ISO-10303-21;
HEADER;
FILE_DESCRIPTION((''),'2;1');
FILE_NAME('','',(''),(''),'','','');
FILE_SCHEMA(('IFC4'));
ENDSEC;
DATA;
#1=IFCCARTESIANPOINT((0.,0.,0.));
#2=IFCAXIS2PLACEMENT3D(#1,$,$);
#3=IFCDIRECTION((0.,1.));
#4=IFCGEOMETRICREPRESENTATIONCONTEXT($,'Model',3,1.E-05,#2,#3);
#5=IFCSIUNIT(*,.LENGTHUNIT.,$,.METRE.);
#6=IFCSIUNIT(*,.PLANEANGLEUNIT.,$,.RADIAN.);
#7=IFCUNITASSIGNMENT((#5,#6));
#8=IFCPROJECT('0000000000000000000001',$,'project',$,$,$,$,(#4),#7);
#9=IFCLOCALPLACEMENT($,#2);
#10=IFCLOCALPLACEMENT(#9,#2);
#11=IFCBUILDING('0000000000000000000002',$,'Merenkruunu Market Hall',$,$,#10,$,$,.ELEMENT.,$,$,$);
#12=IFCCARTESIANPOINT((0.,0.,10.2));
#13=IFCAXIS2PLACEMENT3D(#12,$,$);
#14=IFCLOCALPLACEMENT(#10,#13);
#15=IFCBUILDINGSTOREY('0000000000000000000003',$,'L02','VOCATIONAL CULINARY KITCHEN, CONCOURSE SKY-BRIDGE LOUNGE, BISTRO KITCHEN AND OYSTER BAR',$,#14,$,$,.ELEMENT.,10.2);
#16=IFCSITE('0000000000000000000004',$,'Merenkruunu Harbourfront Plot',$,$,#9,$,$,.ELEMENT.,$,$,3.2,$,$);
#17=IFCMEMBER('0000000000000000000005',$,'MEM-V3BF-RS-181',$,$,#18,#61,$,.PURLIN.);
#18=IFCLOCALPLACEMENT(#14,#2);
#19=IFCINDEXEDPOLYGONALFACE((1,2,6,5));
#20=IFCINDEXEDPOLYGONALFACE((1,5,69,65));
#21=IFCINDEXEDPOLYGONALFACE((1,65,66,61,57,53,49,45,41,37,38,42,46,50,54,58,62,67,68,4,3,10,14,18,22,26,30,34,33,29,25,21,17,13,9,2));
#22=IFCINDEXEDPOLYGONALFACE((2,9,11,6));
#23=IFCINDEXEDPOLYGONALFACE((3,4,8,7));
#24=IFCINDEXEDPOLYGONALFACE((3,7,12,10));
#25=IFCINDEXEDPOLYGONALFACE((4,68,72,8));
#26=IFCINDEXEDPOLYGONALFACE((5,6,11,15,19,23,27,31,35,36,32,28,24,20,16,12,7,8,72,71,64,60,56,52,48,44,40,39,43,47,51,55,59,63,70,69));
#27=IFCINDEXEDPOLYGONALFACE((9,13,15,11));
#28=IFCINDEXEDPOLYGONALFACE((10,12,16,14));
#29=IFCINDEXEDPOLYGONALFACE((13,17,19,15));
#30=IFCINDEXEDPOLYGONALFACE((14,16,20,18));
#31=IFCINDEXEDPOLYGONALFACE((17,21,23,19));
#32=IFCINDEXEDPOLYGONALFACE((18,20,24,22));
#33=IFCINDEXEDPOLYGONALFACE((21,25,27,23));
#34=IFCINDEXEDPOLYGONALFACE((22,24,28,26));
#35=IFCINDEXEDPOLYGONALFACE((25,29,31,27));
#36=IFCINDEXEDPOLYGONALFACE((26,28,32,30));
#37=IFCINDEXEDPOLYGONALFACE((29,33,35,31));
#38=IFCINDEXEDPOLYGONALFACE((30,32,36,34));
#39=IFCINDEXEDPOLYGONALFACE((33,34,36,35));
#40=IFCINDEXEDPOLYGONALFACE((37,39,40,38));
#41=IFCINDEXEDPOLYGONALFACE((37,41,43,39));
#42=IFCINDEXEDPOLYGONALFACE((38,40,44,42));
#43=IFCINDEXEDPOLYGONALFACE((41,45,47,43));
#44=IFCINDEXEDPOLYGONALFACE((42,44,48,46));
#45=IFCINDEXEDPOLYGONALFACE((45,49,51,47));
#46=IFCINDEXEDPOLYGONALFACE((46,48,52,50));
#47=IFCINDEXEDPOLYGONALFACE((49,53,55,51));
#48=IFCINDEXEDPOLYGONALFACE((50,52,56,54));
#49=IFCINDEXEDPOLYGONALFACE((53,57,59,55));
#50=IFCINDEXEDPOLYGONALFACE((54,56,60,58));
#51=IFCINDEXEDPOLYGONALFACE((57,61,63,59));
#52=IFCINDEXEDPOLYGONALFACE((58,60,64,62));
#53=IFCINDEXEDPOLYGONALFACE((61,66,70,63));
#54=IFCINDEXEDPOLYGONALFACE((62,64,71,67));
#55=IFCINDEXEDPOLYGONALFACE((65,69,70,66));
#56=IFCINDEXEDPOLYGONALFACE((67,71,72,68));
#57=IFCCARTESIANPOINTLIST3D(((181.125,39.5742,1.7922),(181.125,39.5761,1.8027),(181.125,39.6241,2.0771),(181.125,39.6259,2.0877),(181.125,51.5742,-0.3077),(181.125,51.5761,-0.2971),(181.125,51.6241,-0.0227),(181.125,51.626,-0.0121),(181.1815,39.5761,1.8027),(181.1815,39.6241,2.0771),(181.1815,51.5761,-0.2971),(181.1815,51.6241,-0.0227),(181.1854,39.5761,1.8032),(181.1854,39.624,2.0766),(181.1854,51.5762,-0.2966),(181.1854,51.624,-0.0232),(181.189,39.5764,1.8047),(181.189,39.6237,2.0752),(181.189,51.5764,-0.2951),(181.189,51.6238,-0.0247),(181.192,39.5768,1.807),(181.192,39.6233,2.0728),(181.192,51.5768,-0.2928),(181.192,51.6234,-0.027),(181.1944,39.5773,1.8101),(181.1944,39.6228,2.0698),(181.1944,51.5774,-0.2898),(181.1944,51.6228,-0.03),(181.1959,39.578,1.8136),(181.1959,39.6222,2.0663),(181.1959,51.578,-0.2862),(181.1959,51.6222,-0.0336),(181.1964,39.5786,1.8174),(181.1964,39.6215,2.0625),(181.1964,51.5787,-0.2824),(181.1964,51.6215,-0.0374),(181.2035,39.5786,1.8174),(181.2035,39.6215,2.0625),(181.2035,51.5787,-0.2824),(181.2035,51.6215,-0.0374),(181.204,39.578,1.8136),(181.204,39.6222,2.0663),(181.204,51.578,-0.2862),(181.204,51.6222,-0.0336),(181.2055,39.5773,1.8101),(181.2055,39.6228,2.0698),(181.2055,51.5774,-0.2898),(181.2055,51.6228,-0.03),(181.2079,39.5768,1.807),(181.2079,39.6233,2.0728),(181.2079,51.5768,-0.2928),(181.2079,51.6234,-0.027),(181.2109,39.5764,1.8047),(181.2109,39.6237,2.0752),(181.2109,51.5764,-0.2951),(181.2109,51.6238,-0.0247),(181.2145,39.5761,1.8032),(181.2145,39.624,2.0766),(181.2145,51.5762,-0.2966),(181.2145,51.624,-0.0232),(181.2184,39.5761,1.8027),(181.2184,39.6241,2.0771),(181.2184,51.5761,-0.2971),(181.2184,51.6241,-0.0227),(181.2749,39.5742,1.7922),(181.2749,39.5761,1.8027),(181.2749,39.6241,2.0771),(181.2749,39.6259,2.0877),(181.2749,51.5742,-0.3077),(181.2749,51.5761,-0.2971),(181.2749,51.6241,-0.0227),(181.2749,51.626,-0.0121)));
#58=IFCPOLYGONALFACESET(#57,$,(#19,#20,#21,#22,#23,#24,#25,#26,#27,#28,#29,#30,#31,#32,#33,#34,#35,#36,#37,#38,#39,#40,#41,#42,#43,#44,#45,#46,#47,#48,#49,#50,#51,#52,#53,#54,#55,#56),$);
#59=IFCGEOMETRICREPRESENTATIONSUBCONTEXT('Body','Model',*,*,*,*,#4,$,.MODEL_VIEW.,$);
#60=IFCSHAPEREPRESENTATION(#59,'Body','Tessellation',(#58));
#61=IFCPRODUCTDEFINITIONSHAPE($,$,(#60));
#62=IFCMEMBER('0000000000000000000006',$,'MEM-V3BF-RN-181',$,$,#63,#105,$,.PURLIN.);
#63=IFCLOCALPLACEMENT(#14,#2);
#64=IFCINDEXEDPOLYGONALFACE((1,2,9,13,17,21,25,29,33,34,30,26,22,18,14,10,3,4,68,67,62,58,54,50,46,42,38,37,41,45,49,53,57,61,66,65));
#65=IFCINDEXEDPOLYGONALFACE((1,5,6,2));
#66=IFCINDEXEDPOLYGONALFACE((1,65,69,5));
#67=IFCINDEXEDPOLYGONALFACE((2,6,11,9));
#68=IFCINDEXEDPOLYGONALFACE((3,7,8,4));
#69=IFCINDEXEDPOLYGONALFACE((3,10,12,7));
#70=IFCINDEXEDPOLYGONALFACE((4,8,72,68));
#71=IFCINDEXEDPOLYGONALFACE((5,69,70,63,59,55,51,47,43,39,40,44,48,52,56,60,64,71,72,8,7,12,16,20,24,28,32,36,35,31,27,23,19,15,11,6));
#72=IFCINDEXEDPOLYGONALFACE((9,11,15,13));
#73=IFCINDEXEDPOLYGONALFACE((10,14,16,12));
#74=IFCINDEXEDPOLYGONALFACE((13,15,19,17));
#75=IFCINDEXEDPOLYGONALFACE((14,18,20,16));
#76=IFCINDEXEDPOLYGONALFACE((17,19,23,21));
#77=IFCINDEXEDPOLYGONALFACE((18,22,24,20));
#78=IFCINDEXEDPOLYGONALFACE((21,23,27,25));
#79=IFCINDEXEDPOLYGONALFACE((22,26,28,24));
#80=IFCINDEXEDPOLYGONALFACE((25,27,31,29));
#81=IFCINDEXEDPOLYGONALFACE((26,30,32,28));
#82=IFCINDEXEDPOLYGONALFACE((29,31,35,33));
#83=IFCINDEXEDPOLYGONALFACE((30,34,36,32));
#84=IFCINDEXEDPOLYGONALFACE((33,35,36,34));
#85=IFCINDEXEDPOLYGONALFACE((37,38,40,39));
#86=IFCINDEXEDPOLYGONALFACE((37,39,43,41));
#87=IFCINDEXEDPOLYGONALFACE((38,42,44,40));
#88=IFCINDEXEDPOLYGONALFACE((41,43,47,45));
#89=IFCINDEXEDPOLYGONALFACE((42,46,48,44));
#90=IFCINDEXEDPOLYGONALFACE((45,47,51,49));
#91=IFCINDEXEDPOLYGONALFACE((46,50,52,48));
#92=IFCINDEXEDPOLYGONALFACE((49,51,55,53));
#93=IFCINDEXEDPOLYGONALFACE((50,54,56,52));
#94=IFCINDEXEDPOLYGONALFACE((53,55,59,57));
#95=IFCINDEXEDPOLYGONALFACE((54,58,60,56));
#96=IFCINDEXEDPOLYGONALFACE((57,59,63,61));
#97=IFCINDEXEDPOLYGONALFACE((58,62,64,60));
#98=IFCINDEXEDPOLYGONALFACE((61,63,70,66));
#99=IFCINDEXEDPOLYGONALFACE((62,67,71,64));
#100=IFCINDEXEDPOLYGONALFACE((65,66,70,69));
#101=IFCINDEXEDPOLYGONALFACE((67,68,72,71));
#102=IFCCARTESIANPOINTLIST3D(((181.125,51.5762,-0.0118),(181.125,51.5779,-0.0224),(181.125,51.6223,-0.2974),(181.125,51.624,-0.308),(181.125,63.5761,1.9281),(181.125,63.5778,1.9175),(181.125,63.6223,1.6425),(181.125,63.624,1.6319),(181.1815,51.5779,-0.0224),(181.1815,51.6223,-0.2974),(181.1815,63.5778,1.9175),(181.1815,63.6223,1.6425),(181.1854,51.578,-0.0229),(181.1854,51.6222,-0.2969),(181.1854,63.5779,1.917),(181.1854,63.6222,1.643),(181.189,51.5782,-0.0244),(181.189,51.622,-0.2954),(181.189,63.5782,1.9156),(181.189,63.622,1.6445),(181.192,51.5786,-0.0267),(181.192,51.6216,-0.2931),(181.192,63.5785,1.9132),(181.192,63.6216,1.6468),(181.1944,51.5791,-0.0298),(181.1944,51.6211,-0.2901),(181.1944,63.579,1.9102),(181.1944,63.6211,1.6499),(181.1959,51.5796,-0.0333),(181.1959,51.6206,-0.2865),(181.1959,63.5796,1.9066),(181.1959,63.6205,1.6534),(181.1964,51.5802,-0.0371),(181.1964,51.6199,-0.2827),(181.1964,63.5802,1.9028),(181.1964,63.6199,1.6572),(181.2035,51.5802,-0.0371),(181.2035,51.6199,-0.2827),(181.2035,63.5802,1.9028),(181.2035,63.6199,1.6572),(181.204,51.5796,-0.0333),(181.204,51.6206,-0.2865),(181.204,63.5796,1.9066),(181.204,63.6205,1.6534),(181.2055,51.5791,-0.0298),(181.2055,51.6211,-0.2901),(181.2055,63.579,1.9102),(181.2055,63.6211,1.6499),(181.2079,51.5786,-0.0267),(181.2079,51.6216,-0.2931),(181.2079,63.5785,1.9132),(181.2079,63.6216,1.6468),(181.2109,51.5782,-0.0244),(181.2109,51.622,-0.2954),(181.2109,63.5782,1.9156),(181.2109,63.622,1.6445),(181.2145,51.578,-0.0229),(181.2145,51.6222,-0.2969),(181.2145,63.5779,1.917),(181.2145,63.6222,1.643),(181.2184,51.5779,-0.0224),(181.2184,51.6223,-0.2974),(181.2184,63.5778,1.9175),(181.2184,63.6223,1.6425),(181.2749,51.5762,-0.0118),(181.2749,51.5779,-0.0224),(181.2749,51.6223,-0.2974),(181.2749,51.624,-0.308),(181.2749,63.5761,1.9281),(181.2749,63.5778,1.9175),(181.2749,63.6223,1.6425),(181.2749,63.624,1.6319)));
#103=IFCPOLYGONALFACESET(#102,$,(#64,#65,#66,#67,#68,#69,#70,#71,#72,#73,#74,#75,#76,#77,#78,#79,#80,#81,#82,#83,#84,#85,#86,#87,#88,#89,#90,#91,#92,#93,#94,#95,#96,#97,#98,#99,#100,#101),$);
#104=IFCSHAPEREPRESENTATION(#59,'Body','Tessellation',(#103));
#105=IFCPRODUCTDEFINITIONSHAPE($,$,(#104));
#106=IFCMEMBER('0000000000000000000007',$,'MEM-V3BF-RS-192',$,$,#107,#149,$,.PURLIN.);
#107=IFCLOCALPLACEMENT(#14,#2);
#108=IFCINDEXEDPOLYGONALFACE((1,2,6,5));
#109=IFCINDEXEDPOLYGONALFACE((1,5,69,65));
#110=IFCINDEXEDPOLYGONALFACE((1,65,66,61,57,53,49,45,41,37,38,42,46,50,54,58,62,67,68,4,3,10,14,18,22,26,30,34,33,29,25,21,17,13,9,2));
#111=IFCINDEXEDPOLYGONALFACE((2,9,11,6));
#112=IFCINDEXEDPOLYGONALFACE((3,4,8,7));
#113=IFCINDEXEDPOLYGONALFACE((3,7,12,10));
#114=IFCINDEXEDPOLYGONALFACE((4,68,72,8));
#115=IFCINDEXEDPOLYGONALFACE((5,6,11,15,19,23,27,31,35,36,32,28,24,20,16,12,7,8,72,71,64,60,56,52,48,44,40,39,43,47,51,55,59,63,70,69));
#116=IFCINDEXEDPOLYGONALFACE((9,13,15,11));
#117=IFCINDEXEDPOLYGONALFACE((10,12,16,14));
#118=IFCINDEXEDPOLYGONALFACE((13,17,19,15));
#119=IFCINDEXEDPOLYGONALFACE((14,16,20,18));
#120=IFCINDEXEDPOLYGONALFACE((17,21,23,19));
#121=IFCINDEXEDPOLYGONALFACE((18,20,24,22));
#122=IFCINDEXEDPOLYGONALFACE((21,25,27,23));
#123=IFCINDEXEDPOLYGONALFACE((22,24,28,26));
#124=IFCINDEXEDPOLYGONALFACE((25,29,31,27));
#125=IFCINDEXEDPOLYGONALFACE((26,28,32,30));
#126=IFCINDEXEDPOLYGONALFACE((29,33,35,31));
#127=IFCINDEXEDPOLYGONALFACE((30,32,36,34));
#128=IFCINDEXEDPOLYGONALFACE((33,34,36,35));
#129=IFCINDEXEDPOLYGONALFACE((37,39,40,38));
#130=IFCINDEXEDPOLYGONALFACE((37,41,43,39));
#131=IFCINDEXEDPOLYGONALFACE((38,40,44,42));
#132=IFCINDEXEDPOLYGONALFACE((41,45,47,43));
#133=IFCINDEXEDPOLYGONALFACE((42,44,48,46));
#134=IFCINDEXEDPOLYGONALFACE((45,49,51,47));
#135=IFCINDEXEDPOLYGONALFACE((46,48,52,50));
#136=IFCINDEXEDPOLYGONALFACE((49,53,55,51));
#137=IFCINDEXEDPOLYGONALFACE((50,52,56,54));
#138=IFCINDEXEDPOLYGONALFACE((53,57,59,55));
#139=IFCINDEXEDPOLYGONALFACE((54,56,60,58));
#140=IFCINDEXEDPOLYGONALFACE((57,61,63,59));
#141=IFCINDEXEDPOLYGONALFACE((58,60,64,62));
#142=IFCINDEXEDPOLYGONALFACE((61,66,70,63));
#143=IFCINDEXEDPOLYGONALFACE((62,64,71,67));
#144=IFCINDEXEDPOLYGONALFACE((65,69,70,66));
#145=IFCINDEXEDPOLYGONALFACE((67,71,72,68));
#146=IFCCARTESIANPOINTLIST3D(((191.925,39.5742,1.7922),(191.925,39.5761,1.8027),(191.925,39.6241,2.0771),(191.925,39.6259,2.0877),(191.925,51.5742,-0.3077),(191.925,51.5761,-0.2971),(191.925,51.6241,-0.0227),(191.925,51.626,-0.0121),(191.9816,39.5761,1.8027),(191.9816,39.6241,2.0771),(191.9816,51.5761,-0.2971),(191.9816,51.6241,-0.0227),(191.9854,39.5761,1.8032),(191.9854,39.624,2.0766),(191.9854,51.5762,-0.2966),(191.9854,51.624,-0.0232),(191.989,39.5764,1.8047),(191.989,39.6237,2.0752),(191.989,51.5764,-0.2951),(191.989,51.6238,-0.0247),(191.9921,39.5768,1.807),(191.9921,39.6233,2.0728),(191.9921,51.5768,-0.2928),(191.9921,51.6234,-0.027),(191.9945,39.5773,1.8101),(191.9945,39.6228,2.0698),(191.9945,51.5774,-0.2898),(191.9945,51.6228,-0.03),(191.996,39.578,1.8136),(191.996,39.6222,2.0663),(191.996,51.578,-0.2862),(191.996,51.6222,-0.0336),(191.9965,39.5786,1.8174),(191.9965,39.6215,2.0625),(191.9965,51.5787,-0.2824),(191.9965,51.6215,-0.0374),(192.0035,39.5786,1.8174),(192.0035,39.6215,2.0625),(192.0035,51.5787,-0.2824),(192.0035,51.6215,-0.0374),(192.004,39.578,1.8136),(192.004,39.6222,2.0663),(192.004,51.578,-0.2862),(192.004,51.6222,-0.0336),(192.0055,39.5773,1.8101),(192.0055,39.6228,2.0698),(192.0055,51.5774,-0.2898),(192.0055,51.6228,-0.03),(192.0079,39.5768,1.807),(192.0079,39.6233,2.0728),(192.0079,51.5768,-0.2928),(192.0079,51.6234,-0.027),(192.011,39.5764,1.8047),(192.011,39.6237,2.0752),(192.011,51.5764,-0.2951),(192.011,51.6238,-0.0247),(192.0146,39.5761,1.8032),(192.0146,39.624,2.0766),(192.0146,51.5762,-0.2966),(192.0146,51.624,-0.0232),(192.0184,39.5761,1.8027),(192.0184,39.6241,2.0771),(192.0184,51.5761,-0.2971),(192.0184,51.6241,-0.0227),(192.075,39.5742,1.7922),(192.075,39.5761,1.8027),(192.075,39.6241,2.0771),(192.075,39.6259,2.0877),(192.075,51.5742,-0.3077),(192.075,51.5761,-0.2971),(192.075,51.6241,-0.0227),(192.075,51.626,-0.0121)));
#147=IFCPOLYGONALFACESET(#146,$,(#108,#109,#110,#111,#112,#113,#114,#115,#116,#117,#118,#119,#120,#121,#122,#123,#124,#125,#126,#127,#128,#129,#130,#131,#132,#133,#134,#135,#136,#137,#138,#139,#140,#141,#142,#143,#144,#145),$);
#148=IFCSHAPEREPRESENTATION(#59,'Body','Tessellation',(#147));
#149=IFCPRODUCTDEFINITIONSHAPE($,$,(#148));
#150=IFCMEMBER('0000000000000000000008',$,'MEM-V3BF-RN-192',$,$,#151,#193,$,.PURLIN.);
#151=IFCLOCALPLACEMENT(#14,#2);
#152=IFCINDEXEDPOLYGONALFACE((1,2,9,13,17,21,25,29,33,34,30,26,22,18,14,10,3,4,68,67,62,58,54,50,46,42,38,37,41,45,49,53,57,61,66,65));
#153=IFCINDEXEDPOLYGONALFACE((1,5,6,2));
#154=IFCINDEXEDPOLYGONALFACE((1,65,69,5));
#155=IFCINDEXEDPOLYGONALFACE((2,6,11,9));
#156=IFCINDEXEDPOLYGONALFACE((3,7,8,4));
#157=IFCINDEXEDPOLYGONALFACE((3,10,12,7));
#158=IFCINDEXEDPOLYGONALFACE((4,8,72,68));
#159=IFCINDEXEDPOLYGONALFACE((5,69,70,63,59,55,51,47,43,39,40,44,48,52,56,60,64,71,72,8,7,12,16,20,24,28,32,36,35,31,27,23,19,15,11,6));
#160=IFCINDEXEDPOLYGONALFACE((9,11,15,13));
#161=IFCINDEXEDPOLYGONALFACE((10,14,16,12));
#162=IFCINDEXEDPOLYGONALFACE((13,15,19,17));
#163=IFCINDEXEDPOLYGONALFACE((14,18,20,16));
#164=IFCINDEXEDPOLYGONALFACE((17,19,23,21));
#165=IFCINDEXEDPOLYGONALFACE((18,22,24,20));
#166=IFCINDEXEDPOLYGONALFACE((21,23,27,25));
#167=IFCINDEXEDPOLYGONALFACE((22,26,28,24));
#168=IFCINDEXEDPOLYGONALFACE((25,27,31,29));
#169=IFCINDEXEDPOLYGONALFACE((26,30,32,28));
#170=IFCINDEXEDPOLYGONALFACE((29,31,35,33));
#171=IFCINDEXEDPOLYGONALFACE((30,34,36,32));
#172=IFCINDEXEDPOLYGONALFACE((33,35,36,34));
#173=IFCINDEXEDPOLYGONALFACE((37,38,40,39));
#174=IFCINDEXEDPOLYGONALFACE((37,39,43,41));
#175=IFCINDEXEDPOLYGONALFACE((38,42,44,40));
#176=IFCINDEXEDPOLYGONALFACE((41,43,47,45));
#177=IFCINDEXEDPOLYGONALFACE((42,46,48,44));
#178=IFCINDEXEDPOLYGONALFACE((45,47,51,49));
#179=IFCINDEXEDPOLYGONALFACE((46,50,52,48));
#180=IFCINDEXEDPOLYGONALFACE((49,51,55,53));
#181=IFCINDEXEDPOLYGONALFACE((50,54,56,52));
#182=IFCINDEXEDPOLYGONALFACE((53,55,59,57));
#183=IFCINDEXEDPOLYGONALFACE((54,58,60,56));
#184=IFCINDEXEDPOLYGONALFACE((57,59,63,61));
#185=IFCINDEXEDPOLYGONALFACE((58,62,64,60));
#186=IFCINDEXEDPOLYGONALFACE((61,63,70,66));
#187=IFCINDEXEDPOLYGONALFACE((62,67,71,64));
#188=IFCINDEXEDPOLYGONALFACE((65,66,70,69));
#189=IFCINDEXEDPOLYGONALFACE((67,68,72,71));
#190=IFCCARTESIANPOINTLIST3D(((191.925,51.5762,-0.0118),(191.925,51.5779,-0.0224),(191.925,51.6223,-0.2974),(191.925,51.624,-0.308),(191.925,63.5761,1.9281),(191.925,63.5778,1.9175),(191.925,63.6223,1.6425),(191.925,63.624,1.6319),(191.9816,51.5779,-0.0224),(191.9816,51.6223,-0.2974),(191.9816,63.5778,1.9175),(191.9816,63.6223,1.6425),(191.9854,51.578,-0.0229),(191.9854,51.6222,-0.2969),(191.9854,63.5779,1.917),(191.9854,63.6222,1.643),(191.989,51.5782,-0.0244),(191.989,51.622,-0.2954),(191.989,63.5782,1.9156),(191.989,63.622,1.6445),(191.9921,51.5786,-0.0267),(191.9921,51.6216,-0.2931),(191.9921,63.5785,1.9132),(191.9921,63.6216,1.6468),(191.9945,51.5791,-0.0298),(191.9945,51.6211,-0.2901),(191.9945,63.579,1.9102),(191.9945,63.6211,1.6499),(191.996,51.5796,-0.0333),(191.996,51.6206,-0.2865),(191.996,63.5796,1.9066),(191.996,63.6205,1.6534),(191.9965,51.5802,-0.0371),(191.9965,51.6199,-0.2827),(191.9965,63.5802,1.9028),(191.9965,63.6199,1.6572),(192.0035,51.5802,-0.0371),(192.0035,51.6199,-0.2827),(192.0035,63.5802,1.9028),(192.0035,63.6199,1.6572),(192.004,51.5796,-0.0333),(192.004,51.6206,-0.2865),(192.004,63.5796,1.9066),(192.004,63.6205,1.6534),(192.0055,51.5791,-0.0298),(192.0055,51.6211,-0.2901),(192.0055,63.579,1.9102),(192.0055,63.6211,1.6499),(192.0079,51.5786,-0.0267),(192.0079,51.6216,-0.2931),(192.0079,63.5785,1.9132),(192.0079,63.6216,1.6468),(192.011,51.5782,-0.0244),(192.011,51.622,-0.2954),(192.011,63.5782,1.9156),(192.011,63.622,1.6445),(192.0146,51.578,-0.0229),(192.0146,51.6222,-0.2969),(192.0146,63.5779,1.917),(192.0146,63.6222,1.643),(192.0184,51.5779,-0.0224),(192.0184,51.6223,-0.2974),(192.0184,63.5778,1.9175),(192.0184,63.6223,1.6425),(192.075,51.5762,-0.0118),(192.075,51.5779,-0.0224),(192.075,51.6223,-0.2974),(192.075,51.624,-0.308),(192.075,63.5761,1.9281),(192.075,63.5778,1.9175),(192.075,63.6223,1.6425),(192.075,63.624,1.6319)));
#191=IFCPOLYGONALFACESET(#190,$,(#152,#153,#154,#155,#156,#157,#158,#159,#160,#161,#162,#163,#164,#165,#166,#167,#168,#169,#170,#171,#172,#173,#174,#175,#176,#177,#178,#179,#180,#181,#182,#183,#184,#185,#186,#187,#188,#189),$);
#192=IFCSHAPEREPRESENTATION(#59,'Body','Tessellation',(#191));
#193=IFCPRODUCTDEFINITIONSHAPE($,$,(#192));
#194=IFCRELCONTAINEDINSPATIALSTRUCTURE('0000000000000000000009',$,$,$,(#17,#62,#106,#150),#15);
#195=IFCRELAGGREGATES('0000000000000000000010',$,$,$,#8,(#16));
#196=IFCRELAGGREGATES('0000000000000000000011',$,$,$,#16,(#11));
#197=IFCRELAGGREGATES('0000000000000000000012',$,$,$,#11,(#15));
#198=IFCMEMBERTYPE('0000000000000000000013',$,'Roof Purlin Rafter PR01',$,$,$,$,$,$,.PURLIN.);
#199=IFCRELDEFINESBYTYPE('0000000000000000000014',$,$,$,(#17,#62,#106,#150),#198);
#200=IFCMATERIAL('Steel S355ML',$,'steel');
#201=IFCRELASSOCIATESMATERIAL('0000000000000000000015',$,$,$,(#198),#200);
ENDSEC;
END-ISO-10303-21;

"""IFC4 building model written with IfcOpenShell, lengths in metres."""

from ifc_helpers import new_model, si_unit, direction, frame, origin, origin_2d, place, context, subcontext, project, spatial, i_section, extrude, material, material_profile, profile_set, type_object, element, save


model = new_model("IFC4")

# Units and contexts
model_context = context("Model", 3, precision=1e-05, world=origin(), true_north=direction((0.0, 1.0)))
body_context = subcontext(model_context, "Body", "Model", "MODEL_VIEW")
ifc_project = project(units=[si_unit("LENGTHUNIT", "METRE"), si_unit("PLANEANGLEUNIT", "RADIAN")], contexts=[model_context])

# Site, building, storey
site_placement = place(None, origin())
site = spatial("IfcSite", under=ifc_project, at=site_placement, Name="Merenkruunu Harbourfront Plot", CompositionType="ELEMENT", RefElevation=3.2)
building_placement = place(site_placement, origin())
building = spatial("IfcBuilding", under=site, at=building_placement, Name="Merenkruunu Market Hall", CompositionType="ELEMENT")
storey_placement = place(building_placement, frame((0.0, 0.0, 10.2)))
storey = spatial("IfcBuildingStorey", under=building, at=storey_placement, Name="L02", Description="VOCATIONAL CULINARY KITCHEN, CONCOURSE SKY-BRIDGE LOUNGE, BISTRO KITCHEN AND OYSTER BAR", CompositionType="ELEMENT", Elevation=10.2)

# Members
ifc_material_1 = material(Name="Steel S355ML", Category="steel")
ifc_material_profile_1 = material_profile(ifc_material_1, i_section(OverallWidth=0.1499, OverallDepth=0.3, WebThickness=0.0071, FlangeThickness=0.0107, FilletRadius=0.0149, at=origin_2d()), Name="IPE 300")
ifc_profile_set_1 = profile_set([ifc_material_profile_1], Name="Steel S355ML")
member_type_1 = type_object("IfcMemberType", Name="Roof Purlin Rafter PR01", PredefinedType="PURLIN", material=ifc_profile_set_1)
member_1_placement = place(storey_placement, frame((181.2, 51.6001, -0.1599), z_axis=(0.0, -0.985033, 0.172369), x_axis=(1.0, 0.0, 0.0)))
element("IfcMember", 1, at=member_1_placement, inside=storey, type_object=member_type_1, Name="MEM-V3BF-RS-181", PredefinedType="PURLIN", context=body_context, shape_type="SweptSolid", body=[
    extrude(i_section(OverallWidth=0.1499, OverallDepth=0.3, WebThickness=0.0071, FlangeThickness=0.0107, FilletRadius=0.0149, at=origin_2d()), origin(), (0.0, 0.0, 1.0), 12.1824),
])
member_2_placement = place(storey_placement, frame((181.2, 51.6001, -0.1599), z_axis=(0.0, 0.987183, 0.15959), x_axis=(-1.0, 0.0, 0.0)))
element("IfcMember", 2, at=member_2_placement, inside=storey, type_object=member_type_1, Name="MEM-V3BF-RN-181", PredefinedType="PURLIN", context=body_context, shape_type="SweptSolid", body=[
    extrude(i_section(OverallWidth=0.1499, OverallDepth=0.3, WebThickness=0.0071, FlangeThickness=0.0107, FilletRadius=0.0149, at=origin_2d()), origin(), (0.0, 0.0, 1.0), 12.1558),
])
member_3_placement = place(storey_placement, frame((192.0, 51.6001, -0.1599), z_axis=(0.0, -0.985033, 0.172369), x_axis=(1.0, 0.0, 0.0)))
element("IfcMember", 3, at=member_3_placement, inside=storey, type_object=member_type_1, Name="MEM-V3BF-RS-192", PredefinedType="PURLIN", context=body_context, shape_type="SweptSolid", body=[
    extrude(i_section(OverallWidth=0.1499, OverallDepth=0.3, WebThickness=0.0071, FlangeThickness=0.0107, FilletRadius=0.0149, at=origin_2d()), origin(), (0.0, 0.0, 1.0), 12.1824),
])
member_4_placement = place(storey_placement, frame((192.0, 51.6001, -0.1599), z_axis=(0.0, 0.987183, 0.15959), x_axis=(-1.0, 0.0, 0.0)))
element("IfcMember", 4, at=member_4_placement, inside=storey, type_object=member_type_1, Name="MEM-V3BF-RN-192", PredefinedType="PURLIN", context=body_context, shape_type="SweptSolid", body=[
    extrude(i_section(OverallWidth=0.1499, OverallDepth=0.3, WebThickness=0.0071, FlangeThickness=0.0107, FilletRadius=0.0149, at=origin_2d()), origin(), (0.0, 0.0, 1.0), 12.1558),
])

save(model, "model.ifc")
